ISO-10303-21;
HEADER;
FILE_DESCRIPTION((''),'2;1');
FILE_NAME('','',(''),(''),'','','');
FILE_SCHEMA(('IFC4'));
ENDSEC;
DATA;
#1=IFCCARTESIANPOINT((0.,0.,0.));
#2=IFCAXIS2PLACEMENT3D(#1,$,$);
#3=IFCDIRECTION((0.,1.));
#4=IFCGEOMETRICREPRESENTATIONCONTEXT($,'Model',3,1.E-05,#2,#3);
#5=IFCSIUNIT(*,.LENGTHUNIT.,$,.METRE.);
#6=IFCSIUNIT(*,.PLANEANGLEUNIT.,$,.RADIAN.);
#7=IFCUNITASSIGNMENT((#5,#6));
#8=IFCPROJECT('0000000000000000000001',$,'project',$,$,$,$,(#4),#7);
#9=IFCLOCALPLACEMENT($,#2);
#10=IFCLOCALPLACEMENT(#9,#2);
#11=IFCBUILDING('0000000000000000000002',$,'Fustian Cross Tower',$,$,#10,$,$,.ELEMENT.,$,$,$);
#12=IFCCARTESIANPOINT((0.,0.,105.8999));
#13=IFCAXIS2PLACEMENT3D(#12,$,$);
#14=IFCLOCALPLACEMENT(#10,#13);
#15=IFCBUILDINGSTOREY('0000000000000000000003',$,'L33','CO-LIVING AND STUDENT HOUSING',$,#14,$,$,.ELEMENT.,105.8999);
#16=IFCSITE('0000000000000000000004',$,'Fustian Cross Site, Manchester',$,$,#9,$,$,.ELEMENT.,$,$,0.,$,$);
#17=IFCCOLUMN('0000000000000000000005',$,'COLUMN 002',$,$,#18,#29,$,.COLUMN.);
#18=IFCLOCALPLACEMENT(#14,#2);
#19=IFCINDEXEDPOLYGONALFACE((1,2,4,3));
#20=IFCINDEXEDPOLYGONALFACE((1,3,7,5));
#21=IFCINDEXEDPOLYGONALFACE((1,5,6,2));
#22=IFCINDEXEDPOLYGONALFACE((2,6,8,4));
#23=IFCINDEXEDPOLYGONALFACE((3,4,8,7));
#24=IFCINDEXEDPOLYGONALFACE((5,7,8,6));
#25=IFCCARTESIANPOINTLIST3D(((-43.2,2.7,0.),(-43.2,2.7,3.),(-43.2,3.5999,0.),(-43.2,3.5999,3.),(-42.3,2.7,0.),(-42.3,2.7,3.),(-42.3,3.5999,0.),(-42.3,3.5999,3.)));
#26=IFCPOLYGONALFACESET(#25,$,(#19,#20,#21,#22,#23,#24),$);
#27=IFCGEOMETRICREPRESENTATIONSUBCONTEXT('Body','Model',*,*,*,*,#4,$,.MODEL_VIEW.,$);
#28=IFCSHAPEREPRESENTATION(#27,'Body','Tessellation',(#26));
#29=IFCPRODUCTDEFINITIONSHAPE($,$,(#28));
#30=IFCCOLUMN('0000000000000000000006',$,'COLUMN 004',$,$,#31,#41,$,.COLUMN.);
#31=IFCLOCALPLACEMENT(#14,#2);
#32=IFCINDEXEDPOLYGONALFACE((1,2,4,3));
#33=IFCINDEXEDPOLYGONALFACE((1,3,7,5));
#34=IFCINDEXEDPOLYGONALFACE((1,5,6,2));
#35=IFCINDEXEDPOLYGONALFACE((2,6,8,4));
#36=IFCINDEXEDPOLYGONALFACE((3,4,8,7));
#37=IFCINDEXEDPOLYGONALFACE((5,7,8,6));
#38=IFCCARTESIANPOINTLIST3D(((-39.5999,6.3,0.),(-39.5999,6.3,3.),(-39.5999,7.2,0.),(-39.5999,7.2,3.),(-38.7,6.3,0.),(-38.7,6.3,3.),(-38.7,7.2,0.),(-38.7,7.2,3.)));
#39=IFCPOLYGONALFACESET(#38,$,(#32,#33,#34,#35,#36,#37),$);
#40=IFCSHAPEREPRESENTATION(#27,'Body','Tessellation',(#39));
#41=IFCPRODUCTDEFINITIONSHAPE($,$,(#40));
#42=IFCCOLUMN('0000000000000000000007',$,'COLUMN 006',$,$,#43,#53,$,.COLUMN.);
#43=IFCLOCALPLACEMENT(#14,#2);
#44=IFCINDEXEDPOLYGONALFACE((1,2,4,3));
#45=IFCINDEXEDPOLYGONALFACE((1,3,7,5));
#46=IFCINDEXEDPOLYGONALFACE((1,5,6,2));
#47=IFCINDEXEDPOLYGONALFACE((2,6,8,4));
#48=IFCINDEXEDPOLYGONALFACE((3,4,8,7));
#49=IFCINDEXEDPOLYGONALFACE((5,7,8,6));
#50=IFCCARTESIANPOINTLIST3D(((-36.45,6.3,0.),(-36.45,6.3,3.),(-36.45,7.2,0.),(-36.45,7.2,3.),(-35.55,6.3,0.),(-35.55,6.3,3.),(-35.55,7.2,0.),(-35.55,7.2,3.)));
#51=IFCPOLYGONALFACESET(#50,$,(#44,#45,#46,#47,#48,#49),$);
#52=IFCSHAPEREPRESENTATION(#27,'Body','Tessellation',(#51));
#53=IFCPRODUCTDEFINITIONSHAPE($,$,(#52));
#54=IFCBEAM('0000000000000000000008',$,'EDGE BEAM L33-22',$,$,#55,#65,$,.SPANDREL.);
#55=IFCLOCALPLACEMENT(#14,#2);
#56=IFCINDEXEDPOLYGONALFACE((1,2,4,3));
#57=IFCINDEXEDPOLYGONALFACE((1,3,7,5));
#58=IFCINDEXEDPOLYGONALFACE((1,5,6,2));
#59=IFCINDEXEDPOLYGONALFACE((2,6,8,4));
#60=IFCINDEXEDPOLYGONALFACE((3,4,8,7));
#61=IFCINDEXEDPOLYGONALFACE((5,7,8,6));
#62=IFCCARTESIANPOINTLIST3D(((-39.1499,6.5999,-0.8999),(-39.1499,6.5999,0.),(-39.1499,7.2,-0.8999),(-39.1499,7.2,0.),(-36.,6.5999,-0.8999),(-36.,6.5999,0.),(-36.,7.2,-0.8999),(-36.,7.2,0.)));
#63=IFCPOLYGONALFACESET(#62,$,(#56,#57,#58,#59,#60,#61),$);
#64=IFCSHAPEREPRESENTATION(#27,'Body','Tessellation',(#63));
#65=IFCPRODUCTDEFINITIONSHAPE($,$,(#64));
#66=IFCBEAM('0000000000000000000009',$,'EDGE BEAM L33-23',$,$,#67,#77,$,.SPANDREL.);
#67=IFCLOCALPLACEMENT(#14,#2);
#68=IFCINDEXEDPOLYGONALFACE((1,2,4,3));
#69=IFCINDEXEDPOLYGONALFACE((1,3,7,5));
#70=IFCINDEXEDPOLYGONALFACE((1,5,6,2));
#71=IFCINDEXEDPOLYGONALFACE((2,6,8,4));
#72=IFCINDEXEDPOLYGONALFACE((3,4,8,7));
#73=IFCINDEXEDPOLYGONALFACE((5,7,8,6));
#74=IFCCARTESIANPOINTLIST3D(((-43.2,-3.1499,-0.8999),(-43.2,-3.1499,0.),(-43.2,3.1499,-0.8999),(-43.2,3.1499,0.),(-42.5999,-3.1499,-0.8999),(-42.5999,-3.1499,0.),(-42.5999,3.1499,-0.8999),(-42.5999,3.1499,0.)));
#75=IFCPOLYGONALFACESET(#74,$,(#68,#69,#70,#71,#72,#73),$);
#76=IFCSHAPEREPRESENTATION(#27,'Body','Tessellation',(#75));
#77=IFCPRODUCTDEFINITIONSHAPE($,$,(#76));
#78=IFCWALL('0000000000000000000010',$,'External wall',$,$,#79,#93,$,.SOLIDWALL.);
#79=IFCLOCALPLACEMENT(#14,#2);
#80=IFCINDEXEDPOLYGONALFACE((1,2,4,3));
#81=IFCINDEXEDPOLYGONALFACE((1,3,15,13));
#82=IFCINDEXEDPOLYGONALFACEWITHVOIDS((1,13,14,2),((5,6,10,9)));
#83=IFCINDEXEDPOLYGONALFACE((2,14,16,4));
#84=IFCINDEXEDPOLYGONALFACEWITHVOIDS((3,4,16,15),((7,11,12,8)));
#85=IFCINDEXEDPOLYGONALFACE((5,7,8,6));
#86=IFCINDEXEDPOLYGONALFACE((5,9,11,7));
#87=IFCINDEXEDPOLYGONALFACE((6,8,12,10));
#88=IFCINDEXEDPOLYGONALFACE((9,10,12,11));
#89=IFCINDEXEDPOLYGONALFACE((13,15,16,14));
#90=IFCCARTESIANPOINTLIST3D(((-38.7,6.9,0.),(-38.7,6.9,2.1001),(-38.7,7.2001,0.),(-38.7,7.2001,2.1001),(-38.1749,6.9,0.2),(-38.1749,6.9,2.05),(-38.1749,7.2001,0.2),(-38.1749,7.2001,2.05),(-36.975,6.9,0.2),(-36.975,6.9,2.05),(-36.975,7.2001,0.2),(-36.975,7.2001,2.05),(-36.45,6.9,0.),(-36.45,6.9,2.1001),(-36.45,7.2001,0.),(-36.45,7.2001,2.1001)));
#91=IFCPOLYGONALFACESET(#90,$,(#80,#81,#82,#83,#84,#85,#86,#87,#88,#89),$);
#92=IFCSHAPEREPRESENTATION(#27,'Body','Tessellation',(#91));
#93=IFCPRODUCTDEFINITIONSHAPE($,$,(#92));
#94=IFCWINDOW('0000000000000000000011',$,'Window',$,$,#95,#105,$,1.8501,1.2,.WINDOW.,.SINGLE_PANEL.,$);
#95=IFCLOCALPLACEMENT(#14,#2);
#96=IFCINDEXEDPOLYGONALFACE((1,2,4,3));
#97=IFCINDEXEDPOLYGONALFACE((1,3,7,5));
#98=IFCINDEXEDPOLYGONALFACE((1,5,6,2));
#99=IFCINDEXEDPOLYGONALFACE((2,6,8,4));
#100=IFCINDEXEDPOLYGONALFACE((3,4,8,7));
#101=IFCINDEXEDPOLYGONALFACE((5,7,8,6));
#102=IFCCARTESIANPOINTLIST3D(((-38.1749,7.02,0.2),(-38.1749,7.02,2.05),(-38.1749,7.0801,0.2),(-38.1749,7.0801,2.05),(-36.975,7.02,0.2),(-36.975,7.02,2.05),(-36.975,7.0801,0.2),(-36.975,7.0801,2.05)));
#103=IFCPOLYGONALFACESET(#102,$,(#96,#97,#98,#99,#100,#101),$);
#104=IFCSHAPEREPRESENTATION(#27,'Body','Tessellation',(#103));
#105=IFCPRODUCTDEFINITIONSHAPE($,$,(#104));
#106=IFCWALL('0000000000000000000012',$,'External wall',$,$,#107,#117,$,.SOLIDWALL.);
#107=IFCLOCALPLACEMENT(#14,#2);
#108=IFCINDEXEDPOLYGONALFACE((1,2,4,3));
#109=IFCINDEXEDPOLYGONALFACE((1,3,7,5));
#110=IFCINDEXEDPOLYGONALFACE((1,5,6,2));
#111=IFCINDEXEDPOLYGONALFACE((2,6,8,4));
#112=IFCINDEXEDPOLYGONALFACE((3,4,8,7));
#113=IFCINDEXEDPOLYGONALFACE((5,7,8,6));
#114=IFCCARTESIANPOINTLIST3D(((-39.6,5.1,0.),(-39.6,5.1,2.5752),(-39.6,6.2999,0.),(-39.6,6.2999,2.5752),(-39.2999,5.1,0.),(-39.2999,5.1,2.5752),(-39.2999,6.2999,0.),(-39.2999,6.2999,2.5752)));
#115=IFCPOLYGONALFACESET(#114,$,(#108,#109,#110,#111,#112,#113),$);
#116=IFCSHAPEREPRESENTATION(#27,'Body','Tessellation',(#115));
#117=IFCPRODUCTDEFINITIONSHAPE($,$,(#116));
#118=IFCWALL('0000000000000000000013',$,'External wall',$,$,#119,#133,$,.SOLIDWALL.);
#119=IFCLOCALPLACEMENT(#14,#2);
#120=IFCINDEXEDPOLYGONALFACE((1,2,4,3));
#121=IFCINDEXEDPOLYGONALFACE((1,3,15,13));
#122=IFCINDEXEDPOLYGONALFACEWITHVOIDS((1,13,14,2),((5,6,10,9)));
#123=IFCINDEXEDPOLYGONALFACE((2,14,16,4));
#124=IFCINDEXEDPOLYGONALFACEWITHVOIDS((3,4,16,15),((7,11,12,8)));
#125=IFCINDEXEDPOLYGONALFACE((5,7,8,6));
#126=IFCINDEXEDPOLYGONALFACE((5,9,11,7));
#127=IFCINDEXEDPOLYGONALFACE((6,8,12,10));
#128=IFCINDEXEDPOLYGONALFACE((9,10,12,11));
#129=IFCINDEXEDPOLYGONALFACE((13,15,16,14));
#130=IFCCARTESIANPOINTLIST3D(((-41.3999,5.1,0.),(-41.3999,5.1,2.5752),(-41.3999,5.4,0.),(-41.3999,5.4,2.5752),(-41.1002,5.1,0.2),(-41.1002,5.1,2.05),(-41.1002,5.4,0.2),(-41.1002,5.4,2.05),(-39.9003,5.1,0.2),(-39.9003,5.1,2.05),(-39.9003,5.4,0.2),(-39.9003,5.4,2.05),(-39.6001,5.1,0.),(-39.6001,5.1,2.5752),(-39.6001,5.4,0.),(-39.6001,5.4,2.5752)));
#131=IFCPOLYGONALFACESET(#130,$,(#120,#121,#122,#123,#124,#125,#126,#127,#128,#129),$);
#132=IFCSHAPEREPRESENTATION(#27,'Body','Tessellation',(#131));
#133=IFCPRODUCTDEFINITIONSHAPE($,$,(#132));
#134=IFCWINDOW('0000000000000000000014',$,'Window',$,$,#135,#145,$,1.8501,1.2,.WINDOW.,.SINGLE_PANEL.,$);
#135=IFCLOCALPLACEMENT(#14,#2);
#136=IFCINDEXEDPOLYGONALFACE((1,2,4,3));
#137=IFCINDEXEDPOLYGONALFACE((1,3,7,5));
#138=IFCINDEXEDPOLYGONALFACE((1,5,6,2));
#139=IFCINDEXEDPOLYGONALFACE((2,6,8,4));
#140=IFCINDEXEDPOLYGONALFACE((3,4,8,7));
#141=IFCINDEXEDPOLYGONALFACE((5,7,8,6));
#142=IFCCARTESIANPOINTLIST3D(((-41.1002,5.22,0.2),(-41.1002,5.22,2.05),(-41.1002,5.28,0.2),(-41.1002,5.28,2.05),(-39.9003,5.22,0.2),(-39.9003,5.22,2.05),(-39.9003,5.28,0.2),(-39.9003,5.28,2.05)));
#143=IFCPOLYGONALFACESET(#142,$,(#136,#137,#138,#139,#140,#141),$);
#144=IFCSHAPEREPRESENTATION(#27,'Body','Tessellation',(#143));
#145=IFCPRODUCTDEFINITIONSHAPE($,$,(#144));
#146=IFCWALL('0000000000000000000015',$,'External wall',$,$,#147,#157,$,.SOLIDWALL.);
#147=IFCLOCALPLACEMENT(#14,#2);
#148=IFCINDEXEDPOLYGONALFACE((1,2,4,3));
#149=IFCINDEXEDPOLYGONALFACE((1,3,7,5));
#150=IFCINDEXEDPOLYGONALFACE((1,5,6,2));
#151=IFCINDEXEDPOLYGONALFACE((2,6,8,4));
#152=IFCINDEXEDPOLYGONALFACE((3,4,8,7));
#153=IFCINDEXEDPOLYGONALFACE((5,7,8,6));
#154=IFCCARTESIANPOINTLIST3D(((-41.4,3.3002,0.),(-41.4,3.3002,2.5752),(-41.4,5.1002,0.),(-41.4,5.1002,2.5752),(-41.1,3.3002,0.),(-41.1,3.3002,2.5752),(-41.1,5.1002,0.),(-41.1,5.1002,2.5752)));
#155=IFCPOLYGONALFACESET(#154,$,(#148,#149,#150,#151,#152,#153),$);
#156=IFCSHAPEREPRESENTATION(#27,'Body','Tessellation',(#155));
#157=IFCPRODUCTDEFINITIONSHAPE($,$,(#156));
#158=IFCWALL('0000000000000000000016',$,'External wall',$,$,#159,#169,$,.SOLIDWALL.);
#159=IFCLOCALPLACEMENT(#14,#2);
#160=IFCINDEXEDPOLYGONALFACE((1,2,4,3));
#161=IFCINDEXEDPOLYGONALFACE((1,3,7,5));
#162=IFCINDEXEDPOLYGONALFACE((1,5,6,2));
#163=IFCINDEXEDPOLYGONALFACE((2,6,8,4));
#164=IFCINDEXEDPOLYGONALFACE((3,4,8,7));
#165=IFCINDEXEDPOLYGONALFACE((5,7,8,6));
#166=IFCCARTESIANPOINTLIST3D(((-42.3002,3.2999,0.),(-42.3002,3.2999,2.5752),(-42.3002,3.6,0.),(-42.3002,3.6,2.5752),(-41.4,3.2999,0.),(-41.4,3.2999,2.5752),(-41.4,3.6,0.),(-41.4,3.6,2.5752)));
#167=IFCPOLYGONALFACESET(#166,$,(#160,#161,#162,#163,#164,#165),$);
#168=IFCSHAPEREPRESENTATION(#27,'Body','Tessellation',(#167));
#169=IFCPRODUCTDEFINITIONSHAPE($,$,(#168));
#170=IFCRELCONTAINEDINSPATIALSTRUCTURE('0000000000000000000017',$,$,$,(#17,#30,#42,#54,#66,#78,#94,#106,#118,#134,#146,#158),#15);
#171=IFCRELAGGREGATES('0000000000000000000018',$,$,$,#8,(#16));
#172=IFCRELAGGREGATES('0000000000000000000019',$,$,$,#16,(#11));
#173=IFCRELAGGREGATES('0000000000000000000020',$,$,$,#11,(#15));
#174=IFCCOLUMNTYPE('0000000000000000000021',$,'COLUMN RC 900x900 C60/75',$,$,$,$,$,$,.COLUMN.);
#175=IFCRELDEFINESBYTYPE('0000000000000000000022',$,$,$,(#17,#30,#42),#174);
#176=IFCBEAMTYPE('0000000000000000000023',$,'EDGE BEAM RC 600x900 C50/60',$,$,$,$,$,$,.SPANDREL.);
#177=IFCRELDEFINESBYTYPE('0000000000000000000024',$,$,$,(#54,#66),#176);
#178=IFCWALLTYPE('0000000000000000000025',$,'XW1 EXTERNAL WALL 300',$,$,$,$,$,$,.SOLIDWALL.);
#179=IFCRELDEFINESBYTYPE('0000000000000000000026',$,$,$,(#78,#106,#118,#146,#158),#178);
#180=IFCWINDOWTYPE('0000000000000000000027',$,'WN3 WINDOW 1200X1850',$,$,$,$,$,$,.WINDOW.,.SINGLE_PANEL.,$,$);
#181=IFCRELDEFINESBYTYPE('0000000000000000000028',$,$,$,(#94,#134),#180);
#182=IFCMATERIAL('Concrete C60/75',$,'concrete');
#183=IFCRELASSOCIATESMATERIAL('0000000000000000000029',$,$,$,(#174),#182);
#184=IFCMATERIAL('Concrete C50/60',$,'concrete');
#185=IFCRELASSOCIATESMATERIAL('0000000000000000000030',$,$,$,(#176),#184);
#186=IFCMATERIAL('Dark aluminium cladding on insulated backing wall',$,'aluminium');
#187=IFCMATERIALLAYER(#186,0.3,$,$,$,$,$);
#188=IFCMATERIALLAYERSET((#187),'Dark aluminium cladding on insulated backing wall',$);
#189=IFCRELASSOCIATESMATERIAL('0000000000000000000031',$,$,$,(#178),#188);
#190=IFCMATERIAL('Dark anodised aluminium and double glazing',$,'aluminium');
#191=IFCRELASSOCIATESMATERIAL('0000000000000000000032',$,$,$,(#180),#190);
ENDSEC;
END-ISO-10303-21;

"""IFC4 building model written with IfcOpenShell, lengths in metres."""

from ifc_helpers import new_model, si_unit, direction, frame, frame_2d, origin, origin_2d, place, context, subcontext, project, spatial, rectangle, extrude, material, layer, layer_set, material_profile, profile_set, type_object, element, fill, save


model = new_model("IFC4")

# Units and contexts
model_context = context("Model", 3, precision=1e-05, world=origin(), true_north=direction((0.0, 1.0)))
body_context = subcontext(model_context, "Body", "Model", "MODEL_VIEW")
ifc_project = project(units=[si_unit("LENGTHUNIT", "METRE"), si_unit("PLANEANGLEUNIT", "RADIAN")], contexts=[model_context])

# Site, building, storey
site_placement = place(None, origin())
site = spatial("IfcSite", under=ifc_project, at=site_placement, Name="Fustian Cross Site, Manchester", CompositionType="ELEMENT", RefElevation=0.0)
building_placement = place(site_placement, origin())
building = spatial("IfcBuilding", under=site, at=building_placement, Name="Fustian Cross Tower", CompositionType="ELEMENT")
storey_placement = place(building_placement, frame((0.0, 0.0, 105.8999)))
storey = spatial("IfcBuildingStorey", under=building, at=storey_placement, Name="L33", Description="CO-LIVING AND STUDENT HOUSING", CompositionType="ELEMENT", Elevation=105.8999)

# Columns
ifc_material_1 = material(Name="Concrete C60/75", Category="concrete")
ifc_material_profile_1 = material_profile(ifc_material_1, rectangle(XDim=0.8999, YDim=0.8999, at=origin_2d()), Name="RC 900x900")
ifc_profile_set_1 = profile_set([ifc_material_profile_1], Name="Concrete C60/75")
column_type = type_object("IfcColumnType", Name="COLUMN RC 900x900 C60/75", PredefinedType="COLUMN", material=ifc_profile_set_1)
for number, where, z_axis, x_axis, name in (
    (1, (-42.75, 3.1499, 0.0), (0.0, 0.0, 1.0), (1.0, 0.0, 0.0), "COLUMN 002"),
    (2, (-39.1499, 6.75, 0.0), (0.0, 0.0, 1.0), (1.0, 0.0, 0.0), "COLUMN 004"),
    (3, (-36.0, 6.75, 0.0), (0.0, 0.0, 1.0), (1.0, 0.0, 0.0), "COLUMN 006"),
):
    element("IfcColumn", number, at=place(storey_placement, frame(where, z_axis=z_axis, x_axis=x_axis)), inside=storey, type_object=column_type, Name=name, PredefinedType="COLUMN", context=body_context, shape_type="SweptSolid", body=[
        extrude(rectangle(XDim=0.8999, YDim=0.8999, at=origin_2d()), origin(), (0.0, 0.0, 1.0), 3.0),
    ])

# Beams
ifc_material_2 = material(Name="Concrete C50/60", Category="concrete")
ifc_material_profile_2 = material_profile(ifc_material_2, rectangle(XDim=0.6001, YDim=0.8999, at=origin_2d()), Name="RC 600x900")
ifc_profile_set_2 = profile_set([ifc_material_profile_2], Name="Concrete C50/60")
beam_type = type_object("IfcBeamType", Name="EDGE BEAM RC 600x900 C50/60", PredefinedType="SPANDREL", material=ifc_profile_set_2)
beam_1_placement = place(storey_placement, frame((-36.0, 6.8999, -0.45), z_axis=(-1.0, 0.0, 0.0), x_axis=(0.0, -1.0, 0.0)))
element("IfcBeam", 4, at=beam_1_placement, inside=storey, type_object=beam_type, Name="EDGE BEAM L33-22", PredefinedType="SPANDREL", context=body_context, shape_type="SweptSolid", body=[
    extrude(rectangle(XDim=0.6001, YDim=0.8999, at=origin_2d()), origin(), (0.0, 0.0, 1.0), 3.1499),
])
beam_2_placement = place(storey_placement, frame((-42.8999, 3.1499, -0.45), z_axis=(0.0, -1.0, 0.0), x_axis=(1.0, 0.0, 0.0)))
element("IfcBeam", 5, at=beam_2_placement, inside=storey, type_object=beam_type, Name="EDGE BEAM L33-23", PredefinedType="SPANDREL", context=body_context, shape_type="SweptSolid", body=[
    extrude(rectangle(XDim=0.6001, YDim=0.8999, at=origin_2d()), origin(), (0.0, 0.0, 1.0), 6.2998),
])

# Wall, opening, window
ifc_material_3 = material(Name="Dark aluminium cladding on insulated backing wall", Category="aluminium")
ifc_layer = layer(ifc_material_3, 0.3)
ifc_layer_set = layer_set([ifc_layer], Name="Dark aluminium cladding on insulated backing wall")
wall_type = type_object("IfcWallType", Name="XW1 EXTERNAL WALL 300", PredefinedType="SOLIDWALL", material=ifc_layer_set)
wall_1_placement = place(storey_placement, frame((-36.45, 7.05, 0.0), z_axis=(0.0, 0.0, 1.0), x_axis=(-1.0, 0.0, 0.0)))
wall_1 = element("IfcWall", 6, at=wall_1_placement, inside=storey, type_object=wall_type, Name="External wall", PredefinedType="SOLIDWALL", context=body_context, shape_type="SweptSolid", body=[
    extrude(rectangle(XDim=2.25, YDim=0.3, at=frame_2d((1.125, 0.0))), origin(), (0.0, 0.0, 1.0), 2.1001),
])
opening_1_placement = place(wall_1_placement, frame((0.5249, 0.0, 0.2)))
opening_1 = element("IfcOpeningElement", 7, at=opening_1_placement, cuts=wall_1, PredefinedType="OPENING", context=body_context, shape_type="SweptSolid", body=[
    extrude(rectangle(XDim=1.2, YDim=1.8501, at=frame_2d((0.6001, 0.925))), frame((0.0, 0.1599, 0.0), z_axis=(0.0, -1.0, 0.0), x_axis=(1.0, 0.0, 0.0)), (0.0, 0.0, 1.0), 0.3201),
])
ifc_material_4 = material(Name="Dark anodised aluminium and double glazing", Category="aluminium")
window_type_1 = type_object("IfcWindowType", Name="WN3 WINDOW 1200X1850", PartitioningType="SINGLE_PANEL", PredefinedType="WINDOW", material=ifc_material_4)
window_1_placement = place(opening_1_placement, origin())
window_1 = element("IfcWindow", 8, at=window_1_placement, inside=storey, type_object=window_type_1, Name="Window", OverallHeight=1.8501, OverallWidth=1.2, PartitioningType="SINGLE_PANEL", PredefinedType="WINDOW", context=body_context, shape_type="SweptSolid", body=[
    extrude(rectangle(XDim=1.2, YDim=1.8501, at=frame_2d((0.6001, 0.925))), frame((0.0, 0.03, 0.0), z_axis=(0.0, -1.0, 0.0), x_axis=(1.0, 0.0, 0.0)), (0.0, 0.0, 1.0), 0.0601),
])
fill(opening_1, window_1)

# Wall
wall_2_placement = place(storey_placement, frame((-39.45, 6.3, 0.0), z_axis=(0.0, 0.0, 1.0), x_axis=(0.0, -1.0, 0.0)))
element("IfcWall", 9, at=wall_2_placement, inside=storey, type_object=wall_type, Name="External wall", PredefinedType="SOLIDWALL", context=body_context, shape_type="SweptSolid", body=[
    extrude(rectangle(XDim=1.2, YDim=0.3, at=frame_2d((0.6001, 0.0))), origin(), (0.0, 0.0, 1.0), 2.5752),
])

# Wall, opening, window
wall_3_placement = place(storey_placement, frame((-39.6001, 5.25, 0.0), z_axis=(0.0, 0.0, 1.0), x_axis=(-1.0, 0.0, 0.0)))
wall_3 = element("IfcWall", 10, at=wall_3_placement, inside=storey, type_object=wall_type, Name="External wall", PredefinedType="SOLIDWALL", context=body_context, shape_type="SweptSolid", body=[
    extrude(rectangle(XDim=1.7998, YDim=0.3, at=frame_2d((0.8999, 0.0))), origin(), (0.0, 0.0, 1.0), 2.5752),
])
opening_2_placement = place(wall_3_placement, frame((0.3, 0.0, 0.2)))
opening_2 = element("IfcOpeningElement", 11, at=opening_2_placement, cuts=wall_3, PredefinedType="OPENING", context=body_context, shape_type="SweptSolid", body=[
    extrude(rectangle(XDim=1.2, YDim=1.8501, at=frame_2d((0.6001, 0.925))), frame((0.0, 0.1599, 0.0), z_axis=(0.0, -1.0, 0.0), x_axis=(1.0, 0.0, 0.0)), (0.0, 0.0, 1.0), 0.3201),
])
window_2_placement = place(opening_2_placement, origin())
window_2 = element("IfcWindow", 12, at=window_2_placement, inside=storey, type_object=window_type_1, Name="Window", OverallHeight=1.8501, OverallWidth=1.2, PartitioningType="SINGLE_PANEL", PredefinedType="WINDOW", context=body_context, shape_type="SweptSolid", body=[
    extrude(rectangle(XDim=1.2, YDim=1.8501, at=frame_2d((0.6001, 0.925))), frame((0.0, 0.03, 0.0), z_axis=(0.0, -1.0, 0.0), x_axis=(1.0, 0.0, 0.0)), (0.0, 0.0, 1.0), 0.0601),
])
fill(opening_2, window_2)

# Walls
wall_4_placement = place(storey_placement, frame((-41.25, 5.1001, 0.0), z_axis=(0.0, 0.0, 1.0), x_axis=(0.0, -1.0, 0.0)))
element("IfcWall", 13, at=wall_4_placement, inside=storey, type_object=wall_type, Name="External wall", PredefinedType="SOLIDWALL", context=body_context, shape_type="SweptSolid", body=[
    extrude(rectangle(XDim=1.8, YDim=0.3, at=frame_2d((0.8999, 0.0))), origin(), (0.0, 0.0, 1.0), 2.5752),
])
wall_5_placement = place(storey_placement, frame((-41.3999, 3.45, 0.0), z_axis=(0.0, 0.0, 1.0), x_axis=(-1.0, 0.0, 0.0)))
element("IfcWall", 14, at=wall_5_placement, inside=storey, type_object=wall_type, Name="External wall", PredefinedType="SOLIDWALL", context=body_context, shape_type="SweptSolid", body=[
    extrude(rectangle(XDim=0.9001, YDim=0.3, at=frame_2d((0.4502, 0.0))), origin(), (0.0, 0.0, 1.0), 2.5752),
])

save(model, "model.ifc")
